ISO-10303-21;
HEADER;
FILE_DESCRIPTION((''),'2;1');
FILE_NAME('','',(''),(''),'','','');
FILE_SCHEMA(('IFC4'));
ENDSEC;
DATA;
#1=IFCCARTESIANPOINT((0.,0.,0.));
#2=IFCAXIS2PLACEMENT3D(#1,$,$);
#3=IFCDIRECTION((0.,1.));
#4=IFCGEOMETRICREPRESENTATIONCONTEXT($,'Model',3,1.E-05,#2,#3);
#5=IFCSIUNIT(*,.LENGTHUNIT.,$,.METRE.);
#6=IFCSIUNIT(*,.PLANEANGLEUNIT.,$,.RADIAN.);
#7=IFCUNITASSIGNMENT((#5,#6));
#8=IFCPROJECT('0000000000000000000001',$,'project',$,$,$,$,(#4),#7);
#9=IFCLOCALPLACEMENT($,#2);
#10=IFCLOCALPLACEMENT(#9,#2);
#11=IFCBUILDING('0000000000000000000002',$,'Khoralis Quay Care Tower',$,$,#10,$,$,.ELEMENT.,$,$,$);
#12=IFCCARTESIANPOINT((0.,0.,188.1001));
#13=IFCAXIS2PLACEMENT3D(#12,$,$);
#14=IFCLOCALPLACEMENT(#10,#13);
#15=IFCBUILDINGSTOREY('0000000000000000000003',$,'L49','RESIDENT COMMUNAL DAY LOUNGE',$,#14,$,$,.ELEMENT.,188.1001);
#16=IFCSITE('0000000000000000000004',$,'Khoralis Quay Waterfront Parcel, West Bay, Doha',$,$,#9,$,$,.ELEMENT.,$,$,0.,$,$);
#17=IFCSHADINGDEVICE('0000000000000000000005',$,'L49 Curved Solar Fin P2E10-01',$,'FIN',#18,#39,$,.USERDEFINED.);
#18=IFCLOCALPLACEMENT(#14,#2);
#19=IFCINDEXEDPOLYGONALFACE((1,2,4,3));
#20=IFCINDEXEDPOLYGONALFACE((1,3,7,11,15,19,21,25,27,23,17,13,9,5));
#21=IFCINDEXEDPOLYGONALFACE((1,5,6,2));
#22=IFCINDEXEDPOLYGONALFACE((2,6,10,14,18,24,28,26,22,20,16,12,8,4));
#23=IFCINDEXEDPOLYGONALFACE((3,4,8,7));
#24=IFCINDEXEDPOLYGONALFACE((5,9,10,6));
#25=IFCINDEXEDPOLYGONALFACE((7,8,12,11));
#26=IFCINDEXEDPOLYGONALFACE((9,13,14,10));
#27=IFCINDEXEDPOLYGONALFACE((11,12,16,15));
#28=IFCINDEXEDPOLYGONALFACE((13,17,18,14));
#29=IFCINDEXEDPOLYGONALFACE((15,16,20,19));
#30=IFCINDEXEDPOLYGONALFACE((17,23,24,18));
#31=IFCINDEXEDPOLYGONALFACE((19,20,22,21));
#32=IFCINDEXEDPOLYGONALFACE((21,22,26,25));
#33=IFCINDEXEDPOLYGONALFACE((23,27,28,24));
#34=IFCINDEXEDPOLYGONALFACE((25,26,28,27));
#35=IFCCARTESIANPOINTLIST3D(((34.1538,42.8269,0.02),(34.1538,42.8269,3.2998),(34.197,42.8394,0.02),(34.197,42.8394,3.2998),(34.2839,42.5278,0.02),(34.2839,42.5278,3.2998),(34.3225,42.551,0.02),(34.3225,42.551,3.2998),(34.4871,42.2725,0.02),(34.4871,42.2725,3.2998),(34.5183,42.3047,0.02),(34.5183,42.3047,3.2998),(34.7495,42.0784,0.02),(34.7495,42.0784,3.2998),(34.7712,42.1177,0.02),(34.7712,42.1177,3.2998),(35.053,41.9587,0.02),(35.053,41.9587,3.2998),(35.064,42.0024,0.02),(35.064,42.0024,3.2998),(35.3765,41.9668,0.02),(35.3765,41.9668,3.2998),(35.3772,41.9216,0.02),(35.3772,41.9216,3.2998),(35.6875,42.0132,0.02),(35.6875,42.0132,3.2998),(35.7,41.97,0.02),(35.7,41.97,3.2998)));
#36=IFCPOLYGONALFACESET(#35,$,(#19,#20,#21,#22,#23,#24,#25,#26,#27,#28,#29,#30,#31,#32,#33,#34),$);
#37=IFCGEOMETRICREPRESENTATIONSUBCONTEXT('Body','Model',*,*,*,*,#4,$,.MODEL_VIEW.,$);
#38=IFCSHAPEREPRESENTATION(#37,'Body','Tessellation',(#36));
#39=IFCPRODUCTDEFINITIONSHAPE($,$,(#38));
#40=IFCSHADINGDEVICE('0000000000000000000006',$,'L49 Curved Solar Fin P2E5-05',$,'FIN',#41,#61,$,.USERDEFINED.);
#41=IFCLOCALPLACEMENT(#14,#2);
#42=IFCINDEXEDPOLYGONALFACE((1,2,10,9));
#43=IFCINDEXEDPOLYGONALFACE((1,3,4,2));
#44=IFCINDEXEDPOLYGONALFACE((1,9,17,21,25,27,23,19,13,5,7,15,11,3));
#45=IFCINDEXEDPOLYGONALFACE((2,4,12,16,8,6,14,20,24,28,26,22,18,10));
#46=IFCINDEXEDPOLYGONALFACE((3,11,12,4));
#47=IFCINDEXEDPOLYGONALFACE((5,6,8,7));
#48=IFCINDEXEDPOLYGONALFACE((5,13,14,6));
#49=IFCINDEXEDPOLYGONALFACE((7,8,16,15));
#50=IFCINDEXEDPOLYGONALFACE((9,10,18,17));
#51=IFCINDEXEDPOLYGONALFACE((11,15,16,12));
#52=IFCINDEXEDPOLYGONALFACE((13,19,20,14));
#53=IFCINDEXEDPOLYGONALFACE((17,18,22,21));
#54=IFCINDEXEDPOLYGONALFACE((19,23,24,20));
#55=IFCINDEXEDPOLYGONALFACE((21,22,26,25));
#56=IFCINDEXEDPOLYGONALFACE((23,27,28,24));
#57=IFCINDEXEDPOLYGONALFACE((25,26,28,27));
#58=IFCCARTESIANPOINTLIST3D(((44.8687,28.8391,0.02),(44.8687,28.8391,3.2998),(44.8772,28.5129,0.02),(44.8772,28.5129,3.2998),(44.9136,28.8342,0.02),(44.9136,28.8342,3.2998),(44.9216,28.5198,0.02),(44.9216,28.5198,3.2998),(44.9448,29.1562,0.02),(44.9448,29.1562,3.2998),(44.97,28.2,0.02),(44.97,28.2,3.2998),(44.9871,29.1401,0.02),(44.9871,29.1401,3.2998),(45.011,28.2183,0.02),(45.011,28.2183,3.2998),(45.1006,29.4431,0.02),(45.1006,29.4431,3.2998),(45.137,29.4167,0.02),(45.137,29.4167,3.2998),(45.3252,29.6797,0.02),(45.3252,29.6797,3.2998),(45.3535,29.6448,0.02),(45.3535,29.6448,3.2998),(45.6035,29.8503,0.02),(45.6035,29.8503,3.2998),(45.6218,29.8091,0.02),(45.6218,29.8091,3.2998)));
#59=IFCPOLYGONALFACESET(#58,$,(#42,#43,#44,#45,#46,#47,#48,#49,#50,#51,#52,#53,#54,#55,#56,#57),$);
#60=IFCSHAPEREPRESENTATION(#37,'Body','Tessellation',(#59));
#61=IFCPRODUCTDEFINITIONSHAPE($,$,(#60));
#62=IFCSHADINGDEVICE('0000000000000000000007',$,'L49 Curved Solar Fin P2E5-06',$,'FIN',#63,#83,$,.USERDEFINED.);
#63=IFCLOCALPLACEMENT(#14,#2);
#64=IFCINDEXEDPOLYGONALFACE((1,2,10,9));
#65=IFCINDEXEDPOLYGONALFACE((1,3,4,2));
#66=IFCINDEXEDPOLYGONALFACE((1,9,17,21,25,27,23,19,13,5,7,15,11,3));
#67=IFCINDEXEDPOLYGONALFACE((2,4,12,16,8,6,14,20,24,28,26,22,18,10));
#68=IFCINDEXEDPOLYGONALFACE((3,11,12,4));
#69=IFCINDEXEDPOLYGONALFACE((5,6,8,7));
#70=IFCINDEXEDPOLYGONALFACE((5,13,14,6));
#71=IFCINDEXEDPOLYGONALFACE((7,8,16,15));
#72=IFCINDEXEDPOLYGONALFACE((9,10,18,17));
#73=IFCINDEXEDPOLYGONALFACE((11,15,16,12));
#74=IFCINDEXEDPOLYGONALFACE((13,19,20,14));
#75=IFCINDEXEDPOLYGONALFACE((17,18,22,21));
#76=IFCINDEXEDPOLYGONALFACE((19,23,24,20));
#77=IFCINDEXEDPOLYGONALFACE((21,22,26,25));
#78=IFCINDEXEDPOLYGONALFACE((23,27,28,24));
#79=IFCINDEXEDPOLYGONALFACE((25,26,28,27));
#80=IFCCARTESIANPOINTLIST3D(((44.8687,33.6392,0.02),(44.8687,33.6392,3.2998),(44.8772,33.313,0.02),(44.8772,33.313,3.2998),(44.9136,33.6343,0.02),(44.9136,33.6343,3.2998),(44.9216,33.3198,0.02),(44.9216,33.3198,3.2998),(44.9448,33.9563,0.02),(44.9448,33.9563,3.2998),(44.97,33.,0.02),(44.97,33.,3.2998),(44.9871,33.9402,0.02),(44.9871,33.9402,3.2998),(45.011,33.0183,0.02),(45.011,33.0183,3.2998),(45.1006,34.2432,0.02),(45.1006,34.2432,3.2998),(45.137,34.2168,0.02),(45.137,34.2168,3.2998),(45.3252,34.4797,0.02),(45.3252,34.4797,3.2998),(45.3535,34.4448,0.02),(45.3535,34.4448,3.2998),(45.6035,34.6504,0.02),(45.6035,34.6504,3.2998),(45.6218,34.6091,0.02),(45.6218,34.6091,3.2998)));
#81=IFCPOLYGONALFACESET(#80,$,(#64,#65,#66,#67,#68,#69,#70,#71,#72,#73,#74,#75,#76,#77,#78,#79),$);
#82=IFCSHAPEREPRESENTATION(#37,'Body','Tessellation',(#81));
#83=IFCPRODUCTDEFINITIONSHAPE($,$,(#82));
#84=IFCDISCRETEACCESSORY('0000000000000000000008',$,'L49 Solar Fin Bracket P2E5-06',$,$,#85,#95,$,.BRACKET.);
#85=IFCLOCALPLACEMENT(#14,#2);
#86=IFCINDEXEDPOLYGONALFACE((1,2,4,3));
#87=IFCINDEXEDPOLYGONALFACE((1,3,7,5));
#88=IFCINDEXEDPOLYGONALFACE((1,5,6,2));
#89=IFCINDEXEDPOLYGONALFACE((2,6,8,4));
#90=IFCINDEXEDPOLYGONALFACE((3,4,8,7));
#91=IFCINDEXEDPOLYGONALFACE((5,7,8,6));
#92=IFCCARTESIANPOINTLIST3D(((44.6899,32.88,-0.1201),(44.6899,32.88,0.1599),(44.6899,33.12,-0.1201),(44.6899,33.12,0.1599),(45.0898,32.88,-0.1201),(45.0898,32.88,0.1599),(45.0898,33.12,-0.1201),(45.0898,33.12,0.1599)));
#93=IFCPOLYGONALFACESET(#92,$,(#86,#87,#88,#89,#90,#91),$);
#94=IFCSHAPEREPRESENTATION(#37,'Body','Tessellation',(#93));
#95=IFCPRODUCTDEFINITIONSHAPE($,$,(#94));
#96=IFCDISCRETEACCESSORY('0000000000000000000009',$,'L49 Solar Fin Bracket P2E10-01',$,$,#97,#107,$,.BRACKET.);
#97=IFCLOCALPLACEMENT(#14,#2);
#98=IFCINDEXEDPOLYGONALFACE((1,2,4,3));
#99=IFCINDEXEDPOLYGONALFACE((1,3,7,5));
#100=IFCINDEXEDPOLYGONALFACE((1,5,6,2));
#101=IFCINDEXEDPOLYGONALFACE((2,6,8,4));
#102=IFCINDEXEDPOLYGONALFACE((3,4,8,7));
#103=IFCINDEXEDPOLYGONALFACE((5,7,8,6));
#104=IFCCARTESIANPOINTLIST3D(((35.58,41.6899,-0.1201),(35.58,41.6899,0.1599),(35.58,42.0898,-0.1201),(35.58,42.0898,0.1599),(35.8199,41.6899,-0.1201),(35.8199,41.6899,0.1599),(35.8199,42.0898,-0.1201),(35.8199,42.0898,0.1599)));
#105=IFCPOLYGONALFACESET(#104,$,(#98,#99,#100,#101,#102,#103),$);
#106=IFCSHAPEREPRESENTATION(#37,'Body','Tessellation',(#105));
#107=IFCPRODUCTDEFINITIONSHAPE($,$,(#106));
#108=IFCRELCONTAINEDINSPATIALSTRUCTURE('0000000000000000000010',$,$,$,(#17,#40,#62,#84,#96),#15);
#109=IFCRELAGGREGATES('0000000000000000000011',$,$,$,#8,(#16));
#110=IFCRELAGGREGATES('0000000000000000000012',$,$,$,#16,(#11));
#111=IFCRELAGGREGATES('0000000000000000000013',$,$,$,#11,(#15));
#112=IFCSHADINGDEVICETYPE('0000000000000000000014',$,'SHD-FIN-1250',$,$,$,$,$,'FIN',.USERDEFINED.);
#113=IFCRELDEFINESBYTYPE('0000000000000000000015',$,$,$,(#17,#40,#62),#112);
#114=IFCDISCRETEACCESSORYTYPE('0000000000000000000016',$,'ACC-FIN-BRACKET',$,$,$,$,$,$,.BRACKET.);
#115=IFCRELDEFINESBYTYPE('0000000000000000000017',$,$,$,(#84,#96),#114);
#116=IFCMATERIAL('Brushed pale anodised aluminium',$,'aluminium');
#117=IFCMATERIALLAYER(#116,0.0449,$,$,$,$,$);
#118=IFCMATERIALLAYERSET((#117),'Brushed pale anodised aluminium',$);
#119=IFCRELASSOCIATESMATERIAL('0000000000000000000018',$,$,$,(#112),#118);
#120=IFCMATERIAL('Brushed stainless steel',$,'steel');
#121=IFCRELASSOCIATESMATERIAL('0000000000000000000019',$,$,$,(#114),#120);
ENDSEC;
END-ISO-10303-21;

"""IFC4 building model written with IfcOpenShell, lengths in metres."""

from ifc_helpers import new_model, si_unit, direction, frame, origin, origin_2d, place, context, subcontext, project, spatial, polyline, rectangle, outline, extrude, source, transform, mapped, material, layer, layer_set, type_object, element, save


model = new_model("IFC4")

# Units and contexts
model_context = context("Model", 3, precision=1e-05, world=origin(), true_north=direction((0.0, 1.0)))
body_context = subcontext(model_context, "Body", "Model", "MODEL_VIEW")
ifc_project = project(units=[si_unit("LENGTHUNIT", "METRE"), si_unit("PLANEANGLEUNIT", "RADIAN")], contexts=[model_context])

# Site, building, storey
site_placement = place(None, origin())
site = spatial("IfcSite", under=ifc_project, at=site_placement, Name="Khoralis Quay Waterfront Parcel, West Bay, Doha", CompositionType="ELEMENT", RefElevation=0.0)
building_placement = place(site_placement, origin())
building = spatial("IfcBuilding", under=site, at=building_placement, Name="Khoralis Quay Care Tower", CompositionType="ELEMENT")
storey_placement = place(building_placement, frame((0.0, 0.0, 188.1001)))
storey = spatial("IfcBuildingStorey", under=building, at=storey_placement, Name="L49", Description="RESIDENT COMMUNAL DAY LOUNGE", CompositionType="ELEMENT", Elevation=188.1001)

# Shading devices
ifc_material_1 = material(Name="Brushed pale anodised aluminium", Category="aluminium")
ifc_layer_1 = layer(ifc_material_1, 0.0449)
ifc_layer_set_1 = layer_set([ifc_layer_1], Name="Brushed pale anodised aluminium")
shading_device_type = type_object("IfcShadingDeviceType", Name="SHD-FIN-1250", ElementType="FIN", PredefinedType="USERDEFINED", material=ifc_layer_set_1)
shared_shape_1 = source(origin(), body_context, "Body", "SweptSolid", [
    extrude(outline(polyline([(0.0, 0.0), (-0.0483, 0.3228), (-0.0112, 0.647), (0.1084, 0.9504), (0.3025, 1.2129), (0.5579, 1.416), (0.8569, 1.5461), (0.8694, 1.5029), (0.5811, 1.3774), (0.3347, 1.1816), (0.1477, 0.9287), (0.0325, 0.636), (-0.0032, 0.3235), (0.0432, 0.0125), (0.0, 0.0)])), origin(), (0.0, 0.0, 1.0), 3.2798),
])
shading_device_placement = place(storey_placement, frame((35.7, 41.97, 0.02), z_axis=(0.0, 0.0, 1.0), x_axis=(0.0, 1.0, 0.0)))
element("IfcShadingDevice", 1, at=shading_device_placement, inside=storey, type_object=shading_device_type, Name="L49 Curved Solar Fin P2E10-01", ObjectType="FIN", PredefinedType="USERDEFINED", context=body_context, shape_type="MappedRepresentation", body=[
    mapped(shared_shape_1, transform((0.0, 0.0, 0.0), scale=1.0)),
])
shared_shape_2 = source(origin(), body_context, "Body", "SweptSolid", [
    extrude(outline(polyline([(0.0, 0.0), (-0.0928, 0.313), (-0.1013, 0.6392), (-0.0251, 0.9563), (0.1306, 1.2432), (0.3552, 1.4797), (0.6335, 1.6504), (0.6519, 1.6091), (0.3835, 1.4448), (0.167, 1.2168), (0.0171, 0.9402), (-0.0564, 0.6343), (-0.0483, 0.3198), (0.041, 0.0183), (0.0, 0.0)])), origin(), (0.0, 0.0, 1.0), 3.2798),
])
for number, where, z_axis, x_axis, name in (
    (2, (44.97, 28.2, 0.02), (0.0, 0.0, 1.0), (1.0, 0.0, 0.0), "L49 Curved Solar Fin P2E5-05"),
    (3, (44.97, 33.0, 0.02), (0.0, 0.0, 1.0), (1.0, 0.0, 0.0), "L49 Curved Solar Fin P2E5-06"),
):
    element("IfcShadingDevice", number, at=place(storey_placement, frame(where, z_axis=z_axis, x_axis=x_axis)), inside=storey, type_object=shading_device_type, Name=name, ObjectType="FIN", PredefinedType="USERDEFINED", context=body_context, shape_type="MappedRepresentation", body=[
        mapped(shared_shape_2, transform((0.0, 0.0, 0.0), scale=1.0)),
    ])

# Discrete accessories
ifc_material_2 = material(Name="Brushed stainless steel", Category="steel")
discrete_accessory_type = type_object("IfcDiscreteAccessoryType", Name="ACC-FIN-BRACKET", PredefinedType="BRACKET", material=ifc_material_2)
shared_shape_3 = source(origin(), body_context, "Body", "SweptSolid", [
    extrude(rectangle(XDim=0.3999, YDim=0.24, at=origin_2d()), origin(), (0.0, 0.0, 1.0), 0.28),
])
for number, where, z_axis, x_axis, name in (
    (4, (44.8899, 33.0, -0.1201), (0.0, 0.0, 1.0), (1.0, 0.0, 0.0), "L49 Solar Fin Bracket P2E5-06"),
    (5, (35.7, 41.8899, -0.1201), (0.0, 0.0, 1.0), (0.0, 1.0, 0.0), "L49 Solar Fin Bracket P2E10-01"),
):
    element("IfcDiscreteAccessory", number, at=place(storey_placement, frame(where, z_axis=z_axis, x_axis=x_axis)), inside=storey, type_object=discrete_accessory_type, Name=name, PredefinedType="BRACKET", context=body_context, shape_type="MappedRepresentation", body=[
        mapped(shared_shape_3, transform((0.0, 0.0, 0.0), scale=1.0)),
    ])

save(model, "model.ifc")
